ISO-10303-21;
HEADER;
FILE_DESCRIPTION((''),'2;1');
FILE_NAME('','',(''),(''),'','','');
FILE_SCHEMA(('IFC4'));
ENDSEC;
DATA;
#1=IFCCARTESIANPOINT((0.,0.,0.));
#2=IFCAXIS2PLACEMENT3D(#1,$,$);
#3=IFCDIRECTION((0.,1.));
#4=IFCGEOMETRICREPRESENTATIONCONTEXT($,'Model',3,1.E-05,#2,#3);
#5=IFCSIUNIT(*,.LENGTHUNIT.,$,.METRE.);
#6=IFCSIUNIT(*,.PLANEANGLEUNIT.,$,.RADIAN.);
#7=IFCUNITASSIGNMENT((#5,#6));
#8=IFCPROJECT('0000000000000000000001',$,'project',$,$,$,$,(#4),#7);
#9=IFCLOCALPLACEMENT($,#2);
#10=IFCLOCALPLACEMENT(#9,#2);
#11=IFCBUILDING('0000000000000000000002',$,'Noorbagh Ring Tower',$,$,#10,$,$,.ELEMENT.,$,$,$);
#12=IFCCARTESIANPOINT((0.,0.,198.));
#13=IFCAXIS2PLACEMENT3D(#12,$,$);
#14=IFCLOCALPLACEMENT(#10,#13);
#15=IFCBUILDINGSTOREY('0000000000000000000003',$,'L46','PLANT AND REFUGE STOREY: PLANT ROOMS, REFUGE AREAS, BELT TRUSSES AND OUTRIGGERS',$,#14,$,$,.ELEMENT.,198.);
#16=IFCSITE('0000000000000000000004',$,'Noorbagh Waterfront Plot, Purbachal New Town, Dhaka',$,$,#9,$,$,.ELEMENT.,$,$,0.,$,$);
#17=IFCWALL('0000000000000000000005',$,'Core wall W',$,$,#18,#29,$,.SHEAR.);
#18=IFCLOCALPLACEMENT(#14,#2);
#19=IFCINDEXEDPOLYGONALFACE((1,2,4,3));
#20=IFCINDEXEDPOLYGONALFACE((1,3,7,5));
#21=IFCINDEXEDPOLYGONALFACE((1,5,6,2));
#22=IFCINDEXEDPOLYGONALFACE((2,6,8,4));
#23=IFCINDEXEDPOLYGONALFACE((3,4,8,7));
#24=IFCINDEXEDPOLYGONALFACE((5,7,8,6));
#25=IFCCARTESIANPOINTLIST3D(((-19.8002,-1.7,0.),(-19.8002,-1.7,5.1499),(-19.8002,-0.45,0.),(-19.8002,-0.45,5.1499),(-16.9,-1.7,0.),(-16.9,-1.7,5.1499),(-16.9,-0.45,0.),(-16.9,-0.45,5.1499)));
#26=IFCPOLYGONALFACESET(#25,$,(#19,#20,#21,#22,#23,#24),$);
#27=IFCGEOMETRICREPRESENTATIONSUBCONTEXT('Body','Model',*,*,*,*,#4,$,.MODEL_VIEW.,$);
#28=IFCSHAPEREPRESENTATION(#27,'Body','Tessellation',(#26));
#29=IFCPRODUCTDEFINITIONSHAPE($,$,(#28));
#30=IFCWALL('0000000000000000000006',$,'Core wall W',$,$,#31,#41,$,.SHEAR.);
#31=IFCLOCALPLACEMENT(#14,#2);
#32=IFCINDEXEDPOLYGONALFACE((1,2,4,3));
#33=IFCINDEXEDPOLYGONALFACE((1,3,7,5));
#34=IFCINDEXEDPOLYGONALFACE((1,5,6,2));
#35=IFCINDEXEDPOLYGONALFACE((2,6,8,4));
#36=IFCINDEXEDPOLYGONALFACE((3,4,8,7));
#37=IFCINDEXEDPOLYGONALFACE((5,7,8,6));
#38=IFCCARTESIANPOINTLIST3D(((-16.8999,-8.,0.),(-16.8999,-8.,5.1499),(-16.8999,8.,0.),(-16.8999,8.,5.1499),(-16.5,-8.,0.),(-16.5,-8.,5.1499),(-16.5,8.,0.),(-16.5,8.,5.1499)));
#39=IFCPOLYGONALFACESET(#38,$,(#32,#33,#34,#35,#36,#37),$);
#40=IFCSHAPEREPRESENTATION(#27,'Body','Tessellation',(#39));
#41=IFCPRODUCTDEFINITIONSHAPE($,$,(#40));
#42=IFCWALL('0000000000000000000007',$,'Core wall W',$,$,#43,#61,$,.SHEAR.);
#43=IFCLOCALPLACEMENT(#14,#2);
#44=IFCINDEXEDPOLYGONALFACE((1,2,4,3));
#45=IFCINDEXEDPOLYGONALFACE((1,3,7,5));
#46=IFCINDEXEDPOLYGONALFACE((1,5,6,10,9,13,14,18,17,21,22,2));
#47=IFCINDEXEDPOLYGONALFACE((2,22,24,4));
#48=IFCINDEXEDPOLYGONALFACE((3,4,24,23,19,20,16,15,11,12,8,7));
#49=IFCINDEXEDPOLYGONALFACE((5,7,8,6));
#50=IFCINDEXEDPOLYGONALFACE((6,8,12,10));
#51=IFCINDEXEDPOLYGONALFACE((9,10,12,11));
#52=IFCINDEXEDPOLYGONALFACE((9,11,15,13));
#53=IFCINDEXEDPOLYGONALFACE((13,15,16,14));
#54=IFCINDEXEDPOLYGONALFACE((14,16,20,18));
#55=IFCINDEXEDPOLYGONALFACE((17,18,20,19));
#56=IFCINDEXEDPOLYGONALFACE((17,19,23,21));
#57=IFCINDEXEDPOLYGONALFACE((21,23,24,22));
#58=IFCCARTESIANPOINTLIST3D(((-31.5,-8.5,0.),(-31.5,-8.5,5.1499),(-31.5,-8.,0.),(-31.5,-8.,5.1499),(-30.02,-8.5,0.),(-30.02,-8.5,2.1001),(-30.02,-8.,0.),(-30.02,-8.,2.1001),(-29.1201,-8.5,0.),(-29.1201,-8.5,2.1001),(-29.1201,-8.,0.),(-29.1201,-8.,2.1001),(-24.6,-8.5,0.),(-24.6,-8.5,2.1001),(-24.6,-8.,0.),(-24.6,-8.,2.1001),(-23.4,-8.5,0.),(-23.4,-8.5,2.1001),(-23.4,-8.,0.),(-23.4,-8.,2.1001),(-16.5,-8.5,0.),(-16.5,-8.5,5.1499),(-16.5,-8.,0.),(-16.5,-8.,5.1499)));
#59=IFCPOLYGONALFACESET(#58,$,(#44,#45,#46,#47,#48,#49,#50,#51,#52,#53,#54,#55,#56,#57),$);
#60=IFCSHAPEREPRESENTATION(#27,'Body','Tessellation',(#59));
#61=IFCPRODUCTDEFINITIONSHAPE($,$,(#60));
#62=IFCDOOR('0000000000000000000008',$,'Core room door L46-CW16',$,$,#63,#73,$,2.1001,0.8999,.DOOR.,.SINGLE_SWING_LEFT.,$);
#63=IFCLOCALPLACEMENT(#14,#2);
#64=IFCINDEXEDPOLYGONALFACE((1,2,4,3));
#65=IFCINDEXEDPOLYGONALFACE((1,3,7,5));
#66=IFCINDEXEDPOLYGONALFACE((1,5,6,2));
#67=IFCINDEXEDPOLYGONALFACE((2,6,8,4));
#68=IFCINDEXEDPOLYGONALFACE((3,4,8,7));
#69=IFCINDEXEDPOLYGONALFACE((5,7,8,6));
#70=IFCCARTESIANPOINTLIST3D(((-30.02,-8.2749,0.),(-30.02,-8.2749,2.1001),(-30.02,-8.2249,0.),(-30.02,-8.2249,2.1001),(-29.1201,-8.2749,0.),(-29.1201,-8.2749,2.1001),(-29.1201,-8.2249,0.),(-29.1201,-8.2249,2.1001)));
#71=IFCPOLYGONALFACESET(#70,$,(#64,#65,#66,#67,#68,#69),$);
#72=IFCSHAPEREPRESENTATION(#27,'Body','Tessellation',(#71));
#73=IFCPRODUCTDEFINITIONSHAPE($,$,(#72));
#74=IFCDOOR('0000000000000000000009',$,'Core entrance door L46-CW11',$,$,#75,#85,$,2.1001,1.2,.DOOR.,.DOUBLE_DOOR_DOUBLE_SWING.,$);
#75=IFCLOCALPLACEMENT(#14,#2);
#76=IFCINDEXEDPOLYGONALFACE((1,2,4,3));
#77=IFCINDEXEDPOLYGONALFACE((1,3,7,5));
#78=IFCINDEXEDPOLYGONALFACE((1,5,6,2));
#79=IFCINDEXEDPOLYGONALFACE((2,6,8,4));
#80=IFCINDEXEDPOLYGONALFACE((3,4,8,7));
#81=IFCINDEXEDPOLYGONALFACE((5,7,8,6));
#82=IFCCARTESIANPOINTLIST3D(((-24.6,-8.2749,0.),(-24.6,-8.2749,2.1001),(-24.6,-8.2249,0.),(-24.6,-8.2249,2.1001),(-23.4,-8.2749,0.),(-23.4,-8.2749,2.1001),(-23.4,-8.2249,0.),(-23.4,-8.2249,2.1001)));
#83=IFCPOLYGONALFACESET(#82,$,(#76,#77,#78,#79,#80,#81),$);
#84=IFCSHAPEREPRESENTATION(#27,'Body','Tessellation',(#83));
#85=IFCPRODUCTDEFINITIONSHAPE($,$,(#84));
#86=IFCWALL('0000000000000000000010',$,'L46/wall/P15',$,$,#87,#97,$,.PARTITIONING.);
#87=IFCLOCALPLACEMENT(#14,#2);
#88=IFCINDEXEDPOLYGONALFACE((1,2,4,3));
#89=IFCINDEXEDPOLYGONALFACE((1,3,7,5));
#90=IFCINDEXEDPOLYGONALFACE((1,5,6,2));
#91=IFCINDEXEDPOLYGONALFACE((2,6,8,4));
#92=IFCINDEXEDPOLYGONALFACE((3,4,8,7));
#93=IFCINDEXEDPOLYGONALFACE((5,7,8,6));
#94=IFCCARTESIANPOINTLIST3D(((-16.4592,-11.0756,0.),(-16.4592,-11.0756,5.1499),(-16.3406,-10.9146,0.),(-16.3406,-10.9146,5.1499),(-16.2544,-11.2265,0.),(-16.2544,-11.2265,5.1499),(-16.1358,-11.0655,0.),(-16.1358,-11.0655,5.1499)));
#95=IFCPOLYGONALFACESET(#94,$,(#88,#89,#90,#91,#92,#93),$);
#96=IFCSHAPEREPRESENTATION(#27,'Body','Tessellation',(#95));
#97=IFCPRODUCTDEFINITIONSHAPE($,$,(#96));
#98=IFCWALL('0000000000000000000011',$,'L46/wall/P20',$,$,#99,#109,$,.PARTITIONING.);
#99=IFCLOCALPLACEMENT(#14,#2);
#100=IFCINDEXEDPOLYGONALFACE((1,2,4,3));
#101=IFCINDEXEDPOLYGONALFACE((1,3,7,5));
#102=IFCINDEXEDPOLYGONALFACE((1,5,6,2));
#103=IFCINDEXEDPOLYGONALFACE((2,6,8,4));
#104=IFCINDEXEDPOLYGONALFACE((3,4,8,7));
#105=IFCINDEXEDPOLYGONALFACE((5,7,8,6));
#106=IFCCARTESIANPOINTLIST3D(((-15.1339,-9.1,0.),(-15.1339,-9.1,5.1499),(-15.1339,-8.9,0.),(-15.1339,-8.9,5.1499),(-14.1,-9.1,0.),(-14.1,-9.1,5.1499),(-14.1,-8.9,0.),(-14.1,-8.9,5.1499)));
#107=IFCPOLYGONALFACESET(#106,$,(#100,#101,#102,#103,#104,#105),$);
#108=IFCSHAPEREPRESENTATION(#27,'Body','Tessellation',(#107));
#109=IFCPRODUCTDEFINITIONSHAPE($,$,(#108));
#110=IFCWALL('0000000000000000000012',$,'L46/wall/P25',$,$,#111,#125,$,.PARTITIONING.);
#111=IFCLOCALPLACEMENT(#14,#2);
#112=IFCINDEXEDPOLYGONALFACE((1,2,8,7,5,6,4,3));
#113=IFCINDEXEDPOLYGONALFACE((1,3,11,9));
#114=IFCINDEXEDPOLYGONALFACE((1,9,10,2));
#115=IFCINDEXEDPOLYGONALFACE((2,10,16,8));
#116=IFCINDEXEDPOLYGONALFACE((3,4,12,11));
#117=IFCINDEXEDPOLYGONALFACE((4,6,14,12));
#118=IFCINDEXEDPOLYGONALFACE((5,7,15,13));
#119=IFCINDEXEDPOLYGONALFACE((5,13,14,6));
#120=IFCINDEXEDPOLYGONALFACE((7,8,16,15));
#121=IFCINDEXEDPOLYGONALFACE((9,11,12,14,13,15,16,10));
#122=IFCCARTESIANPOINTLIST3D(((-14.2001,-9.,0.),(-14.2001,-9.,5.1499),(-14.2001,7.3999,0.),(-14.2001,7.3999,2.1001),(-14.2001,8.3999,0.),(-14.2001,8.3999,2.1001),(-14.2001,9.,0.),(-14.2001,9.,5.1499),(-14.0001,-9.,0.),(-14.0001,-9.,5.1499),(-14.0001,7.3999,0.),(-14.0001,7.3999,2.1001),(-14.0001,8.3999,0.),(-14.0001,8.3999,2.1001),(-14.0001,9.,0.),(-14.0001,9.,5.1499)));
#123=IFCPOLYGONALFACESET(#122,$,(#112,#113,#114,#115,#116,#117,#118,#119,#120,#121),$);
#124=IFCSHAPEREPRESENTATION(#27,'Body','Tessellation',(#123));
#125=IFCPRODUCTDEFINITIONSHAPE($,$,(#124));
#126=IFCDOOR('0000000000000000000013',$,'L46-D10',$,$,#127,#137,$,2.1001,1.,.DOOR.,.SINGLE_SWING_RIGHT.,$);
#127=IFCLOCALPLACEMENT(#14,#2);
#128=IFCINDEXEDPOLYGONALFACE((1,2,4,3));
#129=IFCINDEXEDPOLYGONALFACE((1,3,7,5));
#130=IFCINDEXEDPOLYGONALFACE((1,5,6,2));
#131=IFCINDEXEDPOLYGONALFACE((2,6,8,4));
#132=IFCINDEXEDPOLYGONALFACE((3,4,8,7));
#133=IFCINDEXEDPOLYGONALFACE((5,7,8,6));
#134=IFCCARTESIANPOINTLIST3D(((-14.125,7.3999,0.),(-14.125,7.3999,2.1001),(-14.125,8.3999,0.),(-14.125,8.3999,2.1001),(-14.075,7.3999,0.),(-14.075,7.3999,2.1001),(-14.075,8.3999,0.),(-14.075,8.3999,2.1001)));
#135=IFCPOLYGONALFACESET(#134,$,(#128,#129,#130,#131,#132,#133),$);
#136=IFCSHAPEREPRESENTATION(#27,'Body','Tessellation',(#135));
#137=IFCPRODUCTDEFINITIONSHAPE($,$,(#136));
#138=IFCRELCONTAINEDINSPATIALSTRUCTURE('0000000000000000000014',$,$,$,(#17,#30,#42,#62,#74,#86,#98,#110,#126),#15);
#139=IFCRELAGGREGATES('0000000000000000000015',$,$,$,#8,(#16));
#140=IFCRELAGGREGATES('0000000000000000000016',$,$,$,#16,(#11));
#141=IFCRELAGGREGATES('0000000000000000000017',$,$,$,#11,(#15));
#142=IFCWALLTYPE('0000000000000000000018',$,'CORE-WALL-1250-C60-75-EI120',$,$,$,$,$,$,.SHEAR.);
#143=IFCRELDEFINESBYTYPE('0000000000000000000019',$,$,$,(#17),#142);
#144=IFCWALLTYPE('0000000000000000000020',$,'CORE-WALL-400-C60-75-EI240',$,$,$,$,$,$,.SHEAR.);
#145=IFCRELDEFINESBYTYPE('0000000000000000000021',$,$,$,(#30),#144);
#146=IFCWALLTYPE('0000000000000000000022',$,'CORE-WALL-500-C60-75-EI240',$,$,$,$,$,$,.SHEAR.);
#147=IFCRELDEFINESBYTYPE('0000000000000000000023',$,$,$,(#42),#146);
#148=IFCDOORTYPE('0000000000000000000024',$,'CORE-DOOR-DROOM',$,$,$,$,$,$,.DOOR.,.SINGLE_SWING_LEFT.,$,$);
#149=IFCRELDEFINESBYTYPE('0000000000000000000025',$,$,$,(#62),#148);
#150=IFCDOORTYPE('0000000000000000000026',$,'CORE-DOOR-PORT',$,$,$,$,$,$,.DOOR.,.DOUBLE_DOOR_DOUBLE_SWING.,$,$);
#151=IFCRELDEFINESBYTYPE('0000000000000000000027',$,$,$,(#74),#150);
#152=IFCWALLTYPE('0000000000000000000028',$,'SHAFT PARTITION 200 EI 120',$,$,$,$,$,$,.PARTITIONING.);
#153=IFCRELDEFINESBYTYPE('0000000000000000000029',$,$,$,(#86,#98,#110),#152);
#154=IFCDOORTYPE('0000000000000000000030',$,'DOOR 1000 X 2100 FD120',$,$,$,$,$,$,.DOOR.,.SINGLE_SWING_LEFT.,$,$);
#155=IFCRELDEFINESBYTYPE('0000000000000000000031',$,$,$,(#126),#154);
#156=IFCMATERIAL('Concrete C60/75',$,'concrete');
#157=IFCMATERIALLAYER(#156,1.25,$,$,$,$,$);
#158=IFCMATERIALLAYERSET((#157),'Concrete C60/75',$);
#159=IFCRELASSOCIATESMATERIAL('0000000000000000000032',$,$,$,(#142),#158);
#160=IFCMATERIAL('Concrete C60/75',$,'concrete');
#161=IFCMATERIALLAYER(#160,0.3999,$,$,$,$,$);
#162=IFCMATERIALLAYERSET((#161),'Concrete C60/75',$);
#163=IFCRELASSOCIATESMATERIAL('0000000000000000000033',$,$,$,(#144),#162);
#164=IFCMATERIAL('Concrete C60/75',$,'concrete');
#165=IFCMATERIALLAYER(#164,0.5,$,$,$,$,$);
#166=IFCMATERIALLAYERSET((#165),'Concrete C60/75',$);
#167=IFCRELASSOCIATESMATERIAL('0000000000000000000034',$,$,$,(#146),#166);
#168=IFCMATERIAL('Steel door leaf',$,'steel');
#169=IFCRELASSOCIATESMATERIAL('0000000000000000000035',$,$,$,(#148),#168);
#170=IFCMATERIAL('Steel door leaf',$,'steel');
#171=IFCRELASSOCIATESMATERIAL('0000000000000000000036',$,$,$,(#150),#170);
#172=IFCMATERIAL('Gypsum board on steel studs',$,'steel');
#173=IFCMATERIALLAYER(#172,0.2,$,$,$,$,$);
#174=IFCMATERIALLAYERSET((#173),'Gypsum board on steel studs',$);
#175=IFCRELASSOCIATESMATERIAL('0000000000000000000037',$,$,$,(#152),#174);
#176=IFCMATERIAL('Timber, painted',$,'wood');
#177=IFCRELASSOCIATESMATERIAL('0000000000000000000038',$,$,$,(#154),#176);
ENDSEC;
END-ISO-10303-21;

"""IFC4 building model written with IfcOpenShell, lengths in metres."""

from ifc_helpers import new_model, si_unit, direction, frame, frame_2d, origin, place, context, subcontext, project, spatial, rectangle, extrude, material, layer, layer_set, type_object, element, fill, save


model = new_model("IFC4")

# Units and contexts
model_context = context("Model", 3, precision=1e-05, world=origin(), true_north=direction((0.0, 1.0)))
body_context = subcontext(model_context, "Body", "Model", "MODEL_VIEW")
ifc_project = project(units=[si_unit("LENGTHUNIT", "METRE"), si_unit("PLANEANGLEUNIT", "RADIAN")], contexts=[model_context])

# Site, building, storey
site_placement = place(None, origin())
site = spatial("IfcSite", under=ifc_project, at=site_placement, Name="Noorbagh Waterfront Plot, Purbachal New Town, Dhaka", CompositionType="ELEMENT", RefElevation=0.0)
building_placement = place(site_placement, origin())
building = spatial("IfcBuilding", under=site, at=building_placement, Name="Noorbagh Ring Tower", CompositionType="ELEMENT")
storey_placement = place(building_placement, frame((0.0, 0.0, 198.0)))
storey = spatial("IfcBuildingStorey", under=building, at=storey_placement, Name="L46", Description="PLANT AND REFUGE STOREY: PLANT ROOMS, REFUGE AREAS, BELT TRUSSES AND OUTRIGGERS", CompositionType="ELEMENT", Elevation=198.0)

# Walls
ifc_material_1 = material(Name="Concrete C60/75", Category="concrete")
ifc_layer_1 = layer(ifc_material_1, 1.25)
ifc_layer_set_1 = layer_set([ifc_layer_1], Name="Concrete C60/75")
wall_type_1 = type_object("IfcWallType", Name="CORE-WALL-1250-C60-75-EI120", PredefinedType="SHEAR", material=ifc_layer_set_1)
wall_1_placement = place(storey_placement, frame((-16.8999, -1.075, 0.0), z_axis=(0.0, 0.0, 1.0), x_axis=(-1.0, 0.0, 0.0)))
element("IfcWall", 1, at=wall_1_placement, inside=storey, type_object=wall_type_1, Name="Core wall W", PredefinedType="SHEAR", context=body_context, shape_type="SweptSolid", body=[
    extrude(rectangle(XDim=2.9001, YDim=1.25, at=frame_2d((1.4502, 0.0))), origin(), (0.0, 0.0, 1.0), 5.1499),
])
ifc_material_2 = material(Name="Concrete C60/75", Category="concrete")
ifc_layer_2 = layer(ifc_material_2, 0.3999)
ifc_layer_set_2 = layer_set([ifc_layer_2], Name="Concrete C60/75")
wall_type_2 = type_object("IfcWallType", Name="CORE-WALL-400-C60-75-EI240", PredefinedType="SHEAR", material=ifc_layer_set_2)
wall_2_placement = place(storey_placement, frame((-16.7, -8.0, 0.0), z_axis=(0.0, 0.0, 1.0), x_axis=(0.0, 1.0, 0.0)))
element("IfcWall", 2, at=wall_2_placement, inside=storey, type_object=wall_type_2, Name="Core wall W", PredefinedType="SHEAR", context=body_context, shape_type="SweptSolid", body=[
    extrude(rectangle(XDim=16.0, YDim=0.3999, at=frame_2d((8.0, 0.0))), origin(), (0.0, 0.0, 1.0), 5.1499),
])

# Wall, openings, doors
ifc_material_3 = material(Name="Concrete C60/75", Category="concrete")
ifc_layer_3 = layer(ifc_material_3, 0.5)
ifc_layer_set_3 = layer_set([ifc_layer_3], Name="Concrete C60/75")
wall_type_3 = type_object("IfcWallType", Name="CORE-WALL-500-C60-75-EI240", PredefinedType="SHEAR", material=ifc_layer_set_3)
wall_3_placement = place(storey_placement, frame((-16.5, -8.25, 0.0), z_axis=(0.0, 0.0, 1.0), x_axis=(-1.0, 0.0, 0.0)))
wall_3 = element("IfcWall", 3, at=wall_3_placement, inside=storey, type_object=wall_type_3, Name="Core wall W", PredefinedType="SHEAR", context=body_context, shape_type="SweptSolid", body=[
    extrude(rectangle(XDim=15.0, YDim=0.5, at=frame_2d((7.5, 0.0))), origin(), (0.0, 0.0, 1.0), 5.1499),
])
opening_1_placement = place(wall_3_placement, frame((6.8999, 0.0, 0.0)))
opening_1 = element("IfcOpeningElement", 4, at=opening_1_placement, cuts=wall_3, PredefinedType="OPENING", context=body_context, shape_type="SweptSolid", body=[
    extrude(rectangle(XDim=1.2, YDim=2.1001, at=frame_2d((0.6001, 1.05))), frame((0.0, 0.26, 0.0), z_axis=(0.0, -1.0, 0.0), x_axis=(1.0, 0.0, 0.0)), (0.0, 0.0, 1.0), 0.52),
])
opening_2_placement = place(wall_3_placement, frame((12.6201, 0.0, 0.0)))
opening_2 = element("IfcOpeningElement", 5, at=opening_2_placement, cuts=wall_3, PredefinedType="OPENING", context=body_context, shape_type="SweptSolid", body=[
    extrude(rectangle(XDim=0.8999, YDim=2.1001, at=frame_2d((0.45, 1.05))), frame((0.0, 0.26, 0.0), z_axis=(0.0, -1.0, 0.0), x_axis=(1.0, 0.0, 0.0)), (0.0, 0.0, 1.0), 0.52),
])
ifc_material_4 = material(Name="Steel door leaf", Category="steel")
door_type_1 = type_object("IfcDoorType", Name="CORE-DOOR-DROOM", OperationType="SINGLE_SWING_LEFT", PredefinedType="DOOR", material=ifc_material_4)
door_1_placement = place(opening_2_placement, origin())
door_1 = element("IfcDoor", 6, at=door_1_placement, inside=storey, type_object=door_type_1, Name="Core room door L46-CW16", OperationType="SINGLE_SWING_LEFT", OverallHeight=2.1001, OverallWidth=0.8999, PredefinedType="DOOR", context=body_context, shape_type="SweptSolid", body=[
    extrude(rectangle(XDim=0.8999, YDim=2.1001, at=frame_2d((0.45, 1.05))), frame((0.0, 0.0249, 0.0), z_axis=(0.0, -1.0, 0.0), x_axis=(1.0, 0.0, 0.0)), (0.0, 0.0, 1.0), 0.05),
])
fill(opening_2, door_1)
ifc_material_5 = material(Name="Steel door leaf", Category="steel")
door_type_2 = type_object("IfcDoorType", Name="CORE-DOOR-PORT", OperationType="DOUBLE_DOOR_DOUBLE_SWING", PredefinedType="DOOR", material=ifc_material_5)
door_2_placement = place(opening_1_placement, origin())
door_2 = element("IfcDoor", 7, at=door_2_placement, inside=storey, type_object=door_type_2, Name="Core entrance door L46-CW11", OperationType="DOUBLE_DOOR_DOUBLE_SWING", OverallHeight=2.1001, OverallWidth=1.2, PredefinedType="DOOR", context=body_context, shape_type="SweptSolid", body=[
    extrude(rectangle(XDim=1.2, YDim=2.1001, at=frame_2d((0.6001, 1.05))), frame((0.0, 0.0249, 0.0), z_axis=(0.0, -1.0, 0.0), x_axis=(1.0, 0.0, 0.0)), (0.0, 0.0, 1.0), 0.05),
])
fill(opening_1, door_2)

# Walls
ifc_material_6 = material(Name="Gypsum board on steel studs", Category="steel")
ifc_layer_4 = layer(ifc_material_6, 0.2)
ifc_layer_set_4 = layer_set([ifc_layer_4], Name="Gypsum board on steel studs")
wall_type_4 = type_object("IfcWallType", Name="SHAFT PARTITION 200 EI 120", PredefinedType="PARTITIONING", material=ifc_layer_set_4)
wall_4_placement = place(storey_placement, frame((-16.3999, -10.9951, 0.0), z_axis=(0.0, 0.0, 1.0), x_axis=(0.805152, -0.593068, 0.0)))
element("IfcWall", 8, at=wall_4_placement, inside=storey, type_object=wall_type_4, Name="L46/wall/P15", PredefinedType="PARTITIONING", context=body_context, shape_type="SweptSolid", body=[
    extrude(rectangle(XDim=0.2544, YDim=0.2, at=frame_2d((0.1272, 0.0))), origin(), (0.0, 0.0, 1.0), 5.1499),
])
wall_5_placement = place(storey_placement, frame((-15.134, -9.0, 0.0), z_axis=(0.0, 0.0, 1.0), x_axis=(1.0, 0.0, 0.0)))
element("IfcWall", 9, at=wall_5_placement, inside=storey, type_object=wall_type_4, Name="L46/wall/P20", PredefinedType="PARTITIONING", context=body_context, shape_type="SweptSolid", body=[
    extrude(rectangle(XDim=1.0339, YDim=0.2, at=frame_2d((0.5171, 0.0))), origin(), (0.0, 0.0, 1.0), 5.1499),
])

# Wall, opening, door
wall_6_placement = place(storey_placement, frame((-14.1001, -9.0, 0.0), z_axis=(0.0, 0.0, 1.0), x_axis=(0.0, 1.0, 0.0)))
wall_6 = element("IfcWall", 10, at=wall_6_placement, inside=storey, type_object=wall_type_4, Name="L46/wall/P25", PredefinedType="PARTITIONING", context=body_context, shape_type="SweptSolid", body=[
    extrude(rectangle(XDim=18.0, YDim=0.2, at=frame_2d((9.0, 0.0))), origin(), (0.0, 0.0, 1.0), 5.1499),
])
opening_3_placement = place(wall_6_placement, frame((16.3999, 0.0, 0.0)))
opening_3 = element("IfcOpeningElement", 11, at=opening_3_placement, cuts=wall_6, PredefinedType="OPENING", context=body_context, shape_type="SweptSolid", body=[
    extrude(rectangle(XDim=1.0, YDim=2.1001, at=frame_2d((0.5, 1.05))), frame((0.0, 0.1099, 0.0), z_axis=(0.0, -1.0, 0.0), x_axis=(1.0, 0.0, 0.0)), (0.0, 0.0, 1.0), 0.22),
])
ifc_material_7 = material(Name="Timber, painted", Category="wood")
door_type_3 = type_object("IfcDoorType", Name="DOOR 1000 X 2100 FD120", OperationType="SINGLE_SWING_LEFT", PredefinedType="DOOR", material=ifc_material_7)
door_3_placement = place(opening_3_placement, origin())
door_3 = element("IfcDoor", 12, at=door_3_placement, inside=storey, type_object=door_type_3, Name="L46-D10", OperationType="SINGLE_SWING_RIGHT", OverallHeight=2.1001, OverallWidth=1.0, PredefinedType="DOOR", context=body_context, shape_type="SweptSolid", body=[
    extrude(rectangle(XDim=1.0, YDim=2.1001, at=frame_2d((0.5, 1.05))), frame((0.0, 0.0249, 0.0), z_axis=(0.0, -1.0, 0.0), x_axis=(1.0, 0.0, 0.0)), (0.0, 0.0, 1.0), 0.05),
])
fill(opening_3, door_3)

save(model, "model.ifc")
